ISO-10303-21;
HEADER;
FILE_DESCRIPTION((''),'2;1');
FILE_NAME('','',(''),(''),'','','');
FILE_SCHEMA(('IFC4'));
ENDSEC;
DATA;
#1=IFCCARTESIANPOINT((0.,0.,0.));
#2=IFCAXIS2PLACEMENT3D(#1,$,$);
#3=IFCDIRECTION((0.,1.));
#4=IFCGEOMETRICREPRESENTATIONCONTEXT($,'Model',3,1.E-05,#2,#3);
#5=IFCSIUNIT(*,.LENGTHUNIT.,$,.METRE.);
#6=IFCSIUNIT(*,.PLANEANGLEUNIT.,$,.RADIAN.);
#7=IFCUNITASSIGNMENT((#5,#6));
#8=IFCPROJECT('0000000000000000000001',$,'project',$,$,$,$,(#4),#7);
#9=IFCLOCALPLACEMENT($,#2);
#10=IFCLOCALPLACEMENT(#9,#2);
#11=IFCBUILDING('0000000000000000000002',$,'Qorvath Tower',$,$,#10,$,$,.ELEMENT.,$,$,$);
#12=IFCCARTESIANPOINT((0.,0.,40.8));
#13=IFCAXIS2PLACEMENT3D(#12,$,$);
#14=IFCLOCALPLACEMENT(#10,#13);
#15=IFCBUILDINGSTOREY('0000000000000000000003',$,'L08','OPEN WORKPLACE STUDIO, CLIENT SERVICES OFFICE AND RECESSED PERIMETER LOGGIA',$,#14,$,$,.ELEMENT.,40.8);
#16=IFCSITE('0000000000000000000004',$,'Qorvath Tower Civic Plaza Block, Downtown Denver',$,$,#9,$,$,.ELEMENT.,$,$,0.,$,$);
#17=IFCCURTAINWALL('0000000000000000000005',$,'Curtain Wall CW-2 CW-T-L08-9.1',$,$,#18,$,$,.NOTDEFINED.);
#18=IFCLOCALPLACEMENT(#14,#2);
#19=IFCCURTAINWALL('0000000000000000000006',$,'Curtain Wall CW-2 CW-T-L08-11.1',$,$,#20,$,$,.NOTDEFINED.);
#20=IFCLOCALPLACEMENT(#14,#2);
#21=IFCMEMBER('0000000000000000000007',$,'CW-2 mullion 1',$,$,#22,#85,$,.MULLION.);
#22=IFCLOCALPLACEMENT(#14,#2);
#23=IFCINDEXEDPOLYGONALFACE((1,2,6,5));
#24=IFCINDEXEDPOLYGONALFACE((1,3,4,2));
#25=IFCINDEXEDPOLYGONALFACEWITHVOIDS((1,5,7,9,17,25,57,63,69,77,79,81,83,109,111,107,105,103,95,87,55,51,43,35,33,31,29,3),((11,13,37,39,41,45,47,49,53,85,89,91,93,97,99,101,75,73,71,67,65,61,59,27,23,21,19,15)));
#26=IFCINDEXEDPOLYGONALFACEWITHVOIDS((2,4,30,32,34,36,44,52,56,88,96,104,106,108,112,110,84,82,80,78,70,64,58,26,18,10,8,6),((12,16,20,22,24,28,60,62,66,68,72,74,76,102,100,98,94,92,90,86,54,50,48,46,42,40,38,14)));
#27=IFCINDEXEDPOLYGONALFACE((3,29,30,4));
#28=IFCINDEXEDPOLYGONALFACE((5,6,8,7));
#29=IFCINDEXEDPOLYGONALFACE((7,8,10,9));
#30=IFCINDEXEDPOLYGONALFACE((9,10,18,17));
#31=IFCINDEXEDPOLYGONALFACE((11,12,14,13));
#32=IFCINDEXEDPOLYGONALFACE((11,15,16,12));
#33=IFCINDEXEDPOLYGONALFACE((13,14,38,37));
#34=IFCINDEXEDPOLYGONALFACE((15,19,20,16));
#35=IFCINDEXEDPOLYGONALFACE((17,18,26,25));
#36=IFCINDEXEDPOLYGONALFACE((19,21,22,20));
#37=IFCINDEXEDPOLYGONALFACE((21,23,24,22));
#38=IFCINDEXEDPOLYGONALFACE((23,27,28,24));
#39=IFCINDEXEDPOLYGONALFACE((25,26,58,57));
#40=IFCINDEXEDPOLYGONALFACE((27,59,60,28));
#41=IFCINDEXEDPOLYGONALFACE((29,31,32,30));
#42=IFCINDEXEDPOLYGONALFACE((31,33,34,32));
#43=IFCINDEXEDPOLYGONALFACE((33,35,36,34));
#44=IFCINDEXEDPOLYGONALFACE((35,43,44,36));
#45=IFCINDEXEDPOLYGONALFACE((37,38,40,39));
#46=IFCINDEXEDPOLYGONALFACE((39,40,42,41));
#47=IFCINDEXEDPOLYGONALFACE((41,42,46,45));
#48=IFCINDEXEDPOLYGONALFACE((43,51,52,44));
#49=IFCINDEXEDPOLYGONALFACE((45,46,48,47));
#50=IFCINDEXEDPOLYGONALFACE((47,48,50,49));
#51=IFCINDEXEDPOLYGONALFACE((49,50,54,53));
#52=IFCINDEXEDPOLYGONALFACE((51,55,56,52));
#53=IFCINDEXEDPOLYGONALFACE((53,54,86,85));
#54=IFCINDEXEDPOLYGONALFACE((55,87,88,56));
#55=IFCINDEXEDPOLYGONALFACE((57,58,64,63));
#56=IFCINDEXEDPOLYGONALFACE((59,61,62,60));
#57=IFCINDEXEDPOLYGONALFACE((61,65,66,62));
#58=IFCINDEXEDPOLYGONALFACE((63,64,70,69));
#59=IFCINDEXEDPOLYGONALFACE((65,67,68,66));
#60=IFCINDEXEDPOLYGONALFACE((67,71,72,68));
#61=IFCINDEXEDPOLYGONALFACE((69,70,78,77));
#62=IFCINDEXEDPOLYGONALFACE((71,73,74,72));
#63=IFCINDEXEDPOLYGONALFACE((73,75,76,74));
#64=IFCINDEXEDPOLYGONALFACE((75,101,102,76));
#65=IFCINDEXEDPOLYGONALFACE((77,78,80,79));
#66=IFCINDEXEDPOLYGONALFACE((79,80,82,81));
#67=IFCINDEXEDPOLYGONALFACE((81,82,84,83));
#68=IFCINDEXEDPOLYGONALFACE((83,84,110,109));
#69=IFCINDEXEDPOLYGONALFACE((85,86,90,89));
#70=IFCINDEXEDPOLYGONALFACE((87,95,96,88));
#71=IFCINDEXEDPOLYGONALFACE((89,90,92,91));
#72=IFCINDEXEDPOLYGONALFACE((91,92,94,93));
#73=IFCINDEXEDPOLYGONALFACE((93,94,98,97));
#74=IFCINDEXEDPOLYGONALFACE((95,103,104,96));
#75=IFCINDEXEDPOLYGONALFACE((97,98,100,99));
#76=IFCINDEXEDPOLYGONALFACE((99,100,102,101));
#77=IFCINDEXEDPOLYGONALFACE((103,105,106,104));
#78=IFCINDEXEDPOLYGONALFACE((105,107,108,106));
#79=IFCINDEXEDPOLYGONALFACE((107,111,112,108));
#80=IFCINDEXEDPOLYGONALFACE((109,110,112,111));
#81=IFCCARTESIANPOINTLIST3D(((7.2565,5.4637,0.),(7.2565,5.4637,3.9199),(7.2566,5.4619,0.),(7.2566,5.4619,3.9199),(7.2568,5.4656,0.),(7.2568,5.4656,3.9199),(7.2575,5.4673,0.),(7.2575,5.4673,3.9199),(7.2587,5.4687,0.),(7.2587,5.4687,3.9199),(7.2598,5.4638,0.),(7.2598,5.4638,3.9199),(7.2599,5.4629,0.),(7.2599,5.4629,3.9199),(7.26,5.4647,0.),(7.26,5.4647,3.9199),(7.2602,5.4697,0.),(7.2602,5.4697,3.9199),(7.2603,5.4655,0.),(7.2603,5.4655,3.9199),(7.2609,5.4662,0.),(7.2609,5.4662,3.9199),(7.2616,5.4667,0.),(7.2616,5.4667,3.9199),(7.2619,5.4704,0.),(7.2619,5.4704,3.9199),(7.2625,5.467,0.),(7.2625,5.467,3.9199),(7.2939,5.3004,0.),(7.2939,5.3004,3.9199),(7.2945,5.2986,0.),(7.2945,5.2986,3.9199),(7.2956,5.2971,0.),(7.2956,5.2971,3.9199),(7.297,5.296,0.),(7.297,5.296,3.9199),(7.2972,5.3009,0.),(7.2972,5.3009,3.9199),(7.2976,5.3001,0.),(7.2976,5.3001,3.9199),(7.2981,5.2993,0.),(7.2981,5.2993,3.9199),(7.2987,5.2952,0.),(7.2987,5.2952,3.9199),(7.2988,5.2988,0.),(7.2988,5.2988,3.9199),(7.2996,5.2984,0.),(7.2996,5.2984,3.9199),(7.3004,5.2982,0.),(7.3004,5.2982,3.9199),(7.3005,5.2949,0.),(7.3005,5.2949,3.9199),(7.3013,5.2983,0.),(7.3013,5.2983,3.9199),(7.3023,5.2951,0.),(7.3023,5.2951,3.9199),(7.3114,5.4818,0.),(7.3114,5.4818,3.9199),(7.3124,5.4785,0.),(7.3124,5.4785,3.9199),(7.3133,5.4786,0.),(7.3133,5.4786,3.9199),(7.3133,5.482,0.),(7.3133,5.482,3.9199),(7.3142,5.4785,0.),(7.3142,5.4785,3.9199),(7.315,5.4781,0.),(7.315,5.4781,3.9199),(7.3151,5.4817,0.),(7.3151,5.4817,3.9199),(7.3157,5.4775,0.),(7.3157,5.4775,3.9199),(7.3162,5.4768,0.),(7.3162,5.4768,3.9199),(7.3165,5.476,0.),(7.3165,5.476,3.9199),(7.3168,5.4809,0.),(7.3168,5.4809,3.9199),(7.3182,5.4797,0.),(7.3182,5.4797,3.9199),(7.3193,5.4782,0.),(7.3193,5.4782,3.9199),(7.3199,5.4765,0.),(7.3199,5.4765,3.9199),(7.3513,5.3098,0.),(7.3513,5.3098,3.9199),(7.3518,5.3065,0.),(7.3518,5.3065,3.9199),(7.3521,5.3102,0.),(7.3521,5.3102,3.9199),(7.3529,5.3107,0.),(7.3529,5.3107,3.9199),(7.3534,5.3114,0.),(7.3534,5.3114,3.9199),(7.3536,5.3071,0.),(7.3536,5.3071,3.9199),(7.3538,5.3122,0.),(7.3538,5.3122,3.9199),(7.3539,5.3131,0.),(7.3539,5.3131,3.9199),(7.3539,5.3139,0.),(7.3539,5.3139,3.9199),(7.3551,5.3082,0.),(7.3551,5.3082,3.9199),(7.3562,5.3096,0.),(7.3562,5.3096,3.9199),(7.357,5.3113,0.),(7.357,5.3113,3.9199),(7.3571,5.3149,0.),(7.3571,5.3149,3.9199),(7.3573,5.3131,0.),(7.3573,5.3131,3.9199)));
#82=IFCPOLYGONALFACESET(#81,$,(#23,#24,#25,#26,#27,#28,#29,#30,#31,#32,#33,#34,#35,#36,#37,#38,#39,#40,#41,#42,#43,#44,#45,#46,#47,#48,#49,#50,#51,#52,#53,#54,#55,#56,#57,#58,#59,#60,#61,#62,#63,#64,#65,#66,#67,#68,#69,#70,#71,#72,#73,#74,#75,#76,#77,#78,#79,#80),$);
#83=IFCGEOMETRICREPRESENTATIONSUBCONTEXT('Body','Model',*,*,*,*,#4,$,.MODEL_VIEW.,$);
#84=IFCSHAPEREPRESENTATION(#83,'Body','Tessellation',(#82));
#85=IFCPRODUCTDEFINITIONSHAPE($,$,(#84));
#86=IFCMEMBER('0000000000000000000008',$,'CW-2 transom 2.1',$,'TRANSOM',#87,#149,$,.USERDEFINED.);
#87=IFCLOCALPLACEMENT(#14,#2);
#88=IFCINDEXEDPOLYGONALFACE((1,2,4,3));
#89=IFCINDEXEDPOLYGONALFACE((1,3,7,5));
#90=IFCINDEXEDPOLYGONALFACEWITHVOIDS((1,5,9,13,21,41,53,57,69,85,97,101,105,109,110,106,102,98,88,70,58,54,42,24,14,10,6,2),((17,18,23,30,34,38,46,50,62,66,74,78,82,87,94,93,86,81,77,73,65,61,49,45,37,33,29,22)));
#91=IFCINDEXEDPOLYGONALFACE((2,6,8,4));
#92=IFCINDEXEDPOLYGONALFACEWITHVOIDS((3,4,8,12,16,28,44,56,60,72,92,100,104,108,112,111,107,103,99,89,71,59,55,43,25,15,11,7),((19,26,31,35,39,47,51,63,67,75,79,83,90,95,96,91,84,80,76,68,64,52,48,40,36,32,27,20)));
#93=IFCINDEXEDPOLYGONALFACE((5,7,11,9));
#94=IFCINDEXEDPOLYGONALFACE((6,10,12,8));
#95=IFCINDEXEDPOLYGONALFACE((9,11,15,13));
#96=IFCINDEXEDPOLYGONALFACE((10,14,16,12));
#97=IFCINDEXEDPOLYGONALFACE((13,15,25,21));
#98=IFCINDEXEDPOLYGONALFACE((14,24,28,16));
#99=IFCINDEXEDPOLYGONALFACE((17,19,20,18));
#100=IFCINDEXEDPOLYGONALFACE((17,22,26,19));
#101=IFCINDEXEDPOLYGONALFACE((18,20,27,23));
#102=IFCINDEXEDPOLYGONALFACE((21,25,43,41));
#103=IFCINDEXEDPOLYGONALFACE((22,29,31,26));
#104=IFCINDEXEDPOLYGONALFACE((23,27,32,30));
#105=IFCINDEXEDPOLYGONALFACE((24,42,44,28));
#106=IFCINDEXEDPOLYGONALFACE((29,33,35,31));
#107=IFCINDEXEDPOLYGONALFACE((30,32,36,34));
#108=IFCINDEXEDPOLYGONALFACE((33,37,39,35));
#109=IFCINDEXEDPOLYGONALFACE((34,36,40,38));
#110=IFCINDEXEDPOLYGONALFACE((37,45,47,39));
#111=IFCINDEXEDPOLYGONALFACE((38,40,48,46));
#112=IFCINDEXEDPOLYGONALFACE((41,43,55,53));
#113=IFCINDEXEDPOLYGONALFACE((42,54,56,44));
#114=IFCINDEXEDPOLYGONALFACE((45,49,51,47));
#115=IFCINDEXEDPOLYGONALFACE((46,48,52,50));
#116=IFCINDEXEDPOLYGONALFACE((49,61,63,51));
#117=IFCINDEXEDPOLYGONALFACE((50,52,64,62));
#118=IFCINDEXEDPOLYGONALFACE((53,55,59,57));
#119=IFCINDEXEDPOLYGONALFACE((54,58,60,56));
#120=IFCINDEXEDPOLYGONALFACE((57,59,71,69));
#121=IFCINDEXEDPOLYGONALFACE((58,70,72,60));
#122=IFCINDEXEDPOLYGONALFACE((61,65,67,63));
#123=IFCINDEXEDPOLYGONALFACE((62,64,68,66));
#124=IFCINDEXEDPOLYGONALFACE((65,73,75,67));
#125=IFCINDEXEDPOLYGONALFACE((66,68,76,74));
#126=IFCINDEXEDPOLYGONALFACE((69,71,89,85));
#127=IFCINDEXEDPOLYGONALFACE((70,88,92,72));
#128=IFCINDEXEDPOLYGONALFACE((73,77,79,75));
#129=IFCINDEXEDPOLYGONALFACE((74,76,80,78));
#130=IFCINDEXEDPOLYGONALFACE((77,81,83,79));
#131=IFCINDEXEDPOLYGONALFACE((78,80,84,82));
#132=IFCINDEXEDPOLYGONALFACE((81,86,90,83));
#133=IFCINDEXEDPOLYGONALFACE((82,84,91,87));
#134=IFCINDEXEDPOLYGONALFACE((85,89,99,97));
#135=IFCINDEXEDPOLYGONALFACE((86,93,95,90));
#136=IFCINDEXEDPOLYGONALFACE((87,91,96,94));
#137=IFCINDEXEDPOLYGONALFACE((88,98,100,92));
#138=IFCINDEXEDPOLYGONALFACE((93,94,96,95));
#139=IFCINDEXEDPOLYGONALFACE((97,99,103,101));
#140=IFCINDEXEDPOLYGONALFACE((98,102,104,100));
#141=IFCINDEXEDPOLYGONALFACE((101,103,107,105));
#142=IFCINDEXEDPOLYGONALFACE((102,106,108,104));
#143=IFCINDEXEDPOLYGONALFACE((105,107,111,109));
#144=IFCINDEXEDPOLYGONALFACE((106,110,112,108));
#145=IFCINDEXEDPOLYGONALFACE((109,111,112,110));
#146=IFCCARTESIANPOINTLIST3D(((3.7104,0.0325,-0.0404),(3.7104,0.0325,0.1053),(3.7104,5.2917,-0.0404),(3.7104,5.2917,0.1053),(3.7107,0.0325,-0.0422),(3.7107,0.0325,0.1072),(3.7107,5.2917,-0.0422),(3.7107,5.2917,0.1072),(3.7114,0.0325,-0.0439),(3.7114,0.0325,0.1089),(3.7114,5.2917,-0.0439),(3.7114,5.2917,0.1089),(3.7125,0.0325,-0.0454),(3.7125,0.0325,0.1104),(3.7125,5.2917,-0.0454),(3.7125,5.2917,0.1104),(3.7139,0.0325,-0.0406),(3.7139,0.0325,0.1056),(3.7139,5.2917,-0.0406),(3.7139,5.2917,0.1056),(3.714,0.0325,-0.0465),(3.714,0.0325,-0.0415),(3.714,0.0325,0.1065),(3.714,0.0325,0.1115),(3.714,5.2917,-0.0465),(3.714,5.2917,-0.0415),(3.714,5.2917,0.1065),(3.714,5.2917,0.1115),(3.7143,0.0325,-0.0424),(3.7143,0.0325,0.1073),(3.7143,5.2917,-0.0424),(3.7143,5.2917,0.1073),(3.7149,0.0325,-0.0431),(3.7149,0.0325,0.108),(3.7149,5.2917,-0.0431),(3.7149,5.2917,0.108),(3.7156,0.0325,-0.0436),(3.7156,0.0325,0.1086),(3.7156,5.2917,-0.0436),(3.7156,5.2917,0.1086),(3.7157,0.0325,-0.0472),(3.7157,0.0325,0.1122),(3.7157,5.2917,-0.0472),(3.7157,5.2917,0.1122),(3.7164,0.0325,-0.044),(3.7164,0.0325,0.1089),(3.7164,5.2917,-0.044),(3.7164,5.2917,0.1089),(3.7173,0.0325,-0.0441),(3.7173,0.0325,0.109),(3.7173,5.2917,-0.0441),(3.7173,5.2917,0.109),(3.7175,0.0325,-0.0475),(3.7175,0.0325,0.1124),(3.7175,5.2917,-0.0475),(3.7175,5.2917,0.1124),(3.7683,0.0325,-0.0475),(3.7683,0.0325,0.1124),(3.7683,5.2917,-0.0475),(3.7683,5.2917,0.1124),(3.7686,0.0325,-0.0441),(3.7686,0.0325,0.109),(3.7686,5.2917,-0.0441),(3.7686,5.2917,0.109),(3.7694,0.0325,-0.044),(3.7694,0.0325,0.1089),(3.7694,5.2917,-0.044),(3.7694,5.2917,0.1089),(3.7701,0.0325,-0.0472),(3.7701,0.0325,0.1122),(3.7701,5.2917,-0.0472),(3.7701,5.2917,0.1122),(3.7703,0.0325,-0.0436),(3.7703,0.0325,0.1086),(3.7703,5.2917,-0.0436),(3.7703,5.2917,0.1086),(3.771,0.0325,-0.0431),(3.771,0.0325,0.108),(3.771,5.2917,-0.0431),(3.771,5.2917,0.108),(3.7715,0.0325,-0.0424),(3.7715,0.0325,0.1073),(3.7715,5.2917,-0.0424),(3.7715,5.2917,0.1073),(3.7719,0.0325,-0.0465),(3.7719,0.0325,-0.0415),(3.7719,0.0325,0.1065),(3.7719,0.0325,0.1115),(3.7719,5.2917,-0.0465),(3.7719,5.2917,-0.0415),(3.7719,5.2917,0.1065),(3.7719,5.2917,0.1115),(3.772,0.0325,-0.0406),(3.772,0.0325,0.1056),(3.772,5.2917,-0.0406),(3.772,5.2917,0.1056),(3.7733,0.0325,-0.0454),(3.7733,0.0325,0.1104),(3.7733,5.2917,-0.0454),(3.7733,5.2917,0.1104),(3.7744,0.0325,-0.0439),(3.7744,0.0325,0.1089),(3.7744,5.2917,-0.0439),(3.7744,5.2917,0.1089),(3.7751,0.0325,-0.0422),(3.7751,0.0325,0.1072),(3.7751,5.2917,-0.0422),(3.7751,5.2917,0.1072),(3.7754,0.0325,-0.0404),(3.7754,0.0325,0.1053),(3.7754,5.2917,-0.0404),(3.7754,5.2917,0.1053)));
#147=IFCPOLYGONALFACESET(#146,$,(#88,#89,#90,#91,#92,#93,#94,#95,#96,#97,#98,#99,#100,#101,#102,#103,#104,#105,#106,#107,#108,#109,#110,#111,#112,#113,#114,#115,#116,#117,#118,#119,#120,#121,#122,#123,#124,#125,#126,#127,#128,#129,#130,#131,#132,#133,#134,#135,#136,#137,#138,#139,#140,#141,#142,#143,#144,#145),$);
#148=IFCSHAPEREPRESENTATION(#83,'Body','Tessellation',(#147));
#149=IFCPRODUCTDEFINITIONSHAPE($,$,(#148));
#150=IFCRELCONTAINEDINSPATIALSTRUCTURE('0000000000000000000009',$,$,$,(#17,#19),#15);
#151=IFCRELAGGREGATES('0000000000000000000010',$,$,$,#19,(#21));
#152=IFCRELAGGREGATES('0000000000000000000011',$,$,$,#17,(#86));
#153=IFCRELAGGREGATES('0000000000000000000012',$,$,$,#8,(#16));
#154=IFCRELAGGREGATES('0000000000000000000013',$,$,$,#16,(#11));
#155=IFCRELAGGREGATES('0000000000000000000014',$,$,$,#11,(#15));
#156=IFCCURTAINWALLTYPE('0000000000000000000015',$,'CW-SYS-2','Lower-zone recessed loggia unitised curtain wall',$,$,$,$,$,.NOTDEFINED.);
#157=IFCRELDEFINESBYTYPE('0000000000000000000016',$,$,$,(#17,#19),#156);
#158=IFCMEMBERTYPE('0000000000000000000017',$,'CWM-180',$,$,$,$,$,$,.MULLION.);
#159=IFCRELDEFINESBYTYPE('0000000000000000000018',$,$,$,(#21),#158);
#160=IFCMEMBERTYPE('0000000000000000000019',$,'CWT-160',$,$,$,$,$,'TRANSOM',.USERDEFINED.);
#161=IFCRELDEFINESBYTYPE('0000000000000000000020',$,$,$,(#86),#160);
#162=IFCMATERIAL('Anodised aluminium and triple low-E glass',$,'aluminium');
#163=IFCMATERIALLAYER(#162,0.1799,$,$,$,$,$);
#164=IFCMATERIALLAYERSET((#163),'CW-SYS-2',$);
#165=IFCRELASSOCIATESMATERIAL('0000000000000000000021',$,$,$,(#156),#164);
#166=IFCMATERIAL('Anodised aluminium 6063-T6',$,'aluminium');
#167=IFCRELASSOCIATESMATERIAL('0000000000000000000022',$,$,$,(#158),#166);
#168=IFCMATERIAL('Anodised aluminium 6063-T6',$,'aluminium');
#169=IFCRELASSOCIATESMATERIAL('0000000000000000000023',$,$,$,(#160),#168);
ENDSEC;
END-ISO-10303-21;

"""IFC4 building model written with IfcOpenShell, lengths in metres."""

from ifc_helpers import new_model, si_unit, direction, frame, origin, origin_2d, place, context, subcontext, project, spatial, hollow_rectangle, extrude, material, layer, layer_set, material_profile, profile_set, type_object, element, aggregate, save


model = new_model("IFC4")

# Units and contexts
model_context = context("Model", 3, precision=1e-05, world=origin(), true_north=direction((0.0, 1.0)))
body_context = subcontext(model_context, "Body", "Model", "MODEL_VIEW")
ifc_project = project(units=[si_unit("LENGTHUNIT", "METRE"), si_unit("PLANEANGLEUNIT", "RADIAN")], contexts=[model_context])

# Site, building, storey
site_placement = place(None, origin())
site = spatial("IfcSite", under=ifc_project, at=site_placement, Name="Qorvath Tower Civic Plaza Block, Downtown Denver", CompositionType="ELEMENT", RefElevation=0.0)
building_placement = place(site_placement, origin())
building = spatial("IfcBuilding", under=site, at=building_placement, Name="Qorvath Tower", CompositionType="ELEMENT")
storey_placement = place(building_placement, frame((0.0, 0.0, 40.8)))
storey = spatial("IfcBuildingStorey", under=building, at=storey_placement, Name="L08", Description="OPEN WORKPLACE STUDIO, CLIENT SERVICES OFFICE AND RECESSED PERIMETER LOGGIA", CompositionType="ELEMENT", Elevation=40.8)

# Curtain wall
ifc_material_1 = material(Name="Anodised aluminium and triple low-E glass", Category="aluminium")
ifc_layer_1 = layer(ifc_material_1, 0.1799)
ifc_layer_set_1 = layer_set([ifc_layer_1], Name="CW-SYS-2")
curtain_wall_type = type_object("IfcCurtainWallType", Name="CW-SYS-2", Description="Lower-zone recessed loggia unitised curtain wall", PredefinedType="NOTDEFINED", material=ifc_layer_set_1)
curtain_wall_1_placement = place(storey_placement, origin())
curtain_wall_1 = element("IfcCurtainWall", 1, at=curtain_wall_1_placement, inside=storey, type_object=curtain_wall_type, Name="Curtain Wall CW-2 CW-T-L08-9.1", PredefinedType="NOTDEFINED")
ifc_material_2 = material(Name="Anodised aluminium 6063-T6", Category="aluminium")
ifc_material_profile_1 = material_profile(ifc_material_2, hollow_rectangle(XDim=0.0649, YDim=0.1799, WallThickness=0.0034, InnerFilletRadius=0.0034, OuterFilletRadius=0.0071, at=origin_2d()), Name="CWM 180x65")
ifc_profile_set_1 = profile_set([ifc_material_profile_1], Name="Anodised aluminium 6063-T6")
member_type_1 = type_object("IfcMemberType", Name="CWM-180", PredefinedType="MULLION", material=ifc_profile_set_1)

# Curtain wall, member
curtain_wall_2_placement = place(storey_placement, origin())
curtain_wall_2 = element("IfcCurtainWall", 2, at=curtain_wall_2_placement, inside=storey, type_object=curtain_wall_type, Name="Curtain Wall CW-2 CW-T-L08-11.1", PredefinedType="NOTDEFINED")
member_1_placement = place(storey_placement, frame((7.3069, 5.3884, 0.0), z_axis=(0.0, 0.0, 1.0), x_axis=(-0.974466, -0.224535, 0.0)))
member_1 = element("IfcMember", 3, at=member_1_placement, type_object=member_type_1, Name="CW-2 mullion 1", PredefinedType="MULLION", context=body_context, shape_type="SweptSolid", body=[
    extrude(hollow_rectangle(XDim=0.0649, YDim=0.1799, WallThickness=0.0034, InnerFilletRadius=0.0034, OuterFilletRadius=0.0071, at=origin_2d()), origin(), (0.0, 0.0, 1.0), 3.9199),
])

# Member
ifc_material_3 = material(Name="Anodised aluminium 6063-T6", Category="aluminium")
ifc_material_profile_2 = material_profile(ifc_material_3, hollow_rectangle(XDim=0.0649, YDim=0.1599, WallThickness=0.0034, InnerFilletRadius=0.0034, OuterFilletRadius=0.0071, at=origin_2d()), Name="CWT 160x65")
ifc_profile_set_2 = profile_set([ifc_material_profile_2], Name="Anodised aluminium 6063-T6")
member_type_2 = type_object("IfcMemberType", Name="CWT-160", ElementType="TRANSOM", PredefinedType="USERDEFINED", material=ifc_profile_set_2)
member_2_placement = place(storey_placement, frame((3.7429, 0.0325, 0.0325), z_axis=(0.0, 1.0, 0.0), x_axis=(-1.0, 0.0, 0.0)))
member_2 = element("IfcMember", 4, at=member_2_placement, type_object=member_type_2, Name="CW-2 transom 2.1", ObjectType="TRANSOM", PredefinedType="USERDEFINED", context=body_context, shape_type="SweptSolid", body=[
    extrude(hollow_rectangle(XDim=0.0649, YDim=0.1599, WallThickness=0.0034, InnerFilletRadius=0.0034, OuterFilletRadius=0.0071, at=origin_2d()), origin(), (0.0, 0.0, 1.0), 5.2593),
])
aggregate(curtain_wall_2, [member_1])

aggregate(curtain_wall_1, [member_2])

save(model, "model.ifc")
